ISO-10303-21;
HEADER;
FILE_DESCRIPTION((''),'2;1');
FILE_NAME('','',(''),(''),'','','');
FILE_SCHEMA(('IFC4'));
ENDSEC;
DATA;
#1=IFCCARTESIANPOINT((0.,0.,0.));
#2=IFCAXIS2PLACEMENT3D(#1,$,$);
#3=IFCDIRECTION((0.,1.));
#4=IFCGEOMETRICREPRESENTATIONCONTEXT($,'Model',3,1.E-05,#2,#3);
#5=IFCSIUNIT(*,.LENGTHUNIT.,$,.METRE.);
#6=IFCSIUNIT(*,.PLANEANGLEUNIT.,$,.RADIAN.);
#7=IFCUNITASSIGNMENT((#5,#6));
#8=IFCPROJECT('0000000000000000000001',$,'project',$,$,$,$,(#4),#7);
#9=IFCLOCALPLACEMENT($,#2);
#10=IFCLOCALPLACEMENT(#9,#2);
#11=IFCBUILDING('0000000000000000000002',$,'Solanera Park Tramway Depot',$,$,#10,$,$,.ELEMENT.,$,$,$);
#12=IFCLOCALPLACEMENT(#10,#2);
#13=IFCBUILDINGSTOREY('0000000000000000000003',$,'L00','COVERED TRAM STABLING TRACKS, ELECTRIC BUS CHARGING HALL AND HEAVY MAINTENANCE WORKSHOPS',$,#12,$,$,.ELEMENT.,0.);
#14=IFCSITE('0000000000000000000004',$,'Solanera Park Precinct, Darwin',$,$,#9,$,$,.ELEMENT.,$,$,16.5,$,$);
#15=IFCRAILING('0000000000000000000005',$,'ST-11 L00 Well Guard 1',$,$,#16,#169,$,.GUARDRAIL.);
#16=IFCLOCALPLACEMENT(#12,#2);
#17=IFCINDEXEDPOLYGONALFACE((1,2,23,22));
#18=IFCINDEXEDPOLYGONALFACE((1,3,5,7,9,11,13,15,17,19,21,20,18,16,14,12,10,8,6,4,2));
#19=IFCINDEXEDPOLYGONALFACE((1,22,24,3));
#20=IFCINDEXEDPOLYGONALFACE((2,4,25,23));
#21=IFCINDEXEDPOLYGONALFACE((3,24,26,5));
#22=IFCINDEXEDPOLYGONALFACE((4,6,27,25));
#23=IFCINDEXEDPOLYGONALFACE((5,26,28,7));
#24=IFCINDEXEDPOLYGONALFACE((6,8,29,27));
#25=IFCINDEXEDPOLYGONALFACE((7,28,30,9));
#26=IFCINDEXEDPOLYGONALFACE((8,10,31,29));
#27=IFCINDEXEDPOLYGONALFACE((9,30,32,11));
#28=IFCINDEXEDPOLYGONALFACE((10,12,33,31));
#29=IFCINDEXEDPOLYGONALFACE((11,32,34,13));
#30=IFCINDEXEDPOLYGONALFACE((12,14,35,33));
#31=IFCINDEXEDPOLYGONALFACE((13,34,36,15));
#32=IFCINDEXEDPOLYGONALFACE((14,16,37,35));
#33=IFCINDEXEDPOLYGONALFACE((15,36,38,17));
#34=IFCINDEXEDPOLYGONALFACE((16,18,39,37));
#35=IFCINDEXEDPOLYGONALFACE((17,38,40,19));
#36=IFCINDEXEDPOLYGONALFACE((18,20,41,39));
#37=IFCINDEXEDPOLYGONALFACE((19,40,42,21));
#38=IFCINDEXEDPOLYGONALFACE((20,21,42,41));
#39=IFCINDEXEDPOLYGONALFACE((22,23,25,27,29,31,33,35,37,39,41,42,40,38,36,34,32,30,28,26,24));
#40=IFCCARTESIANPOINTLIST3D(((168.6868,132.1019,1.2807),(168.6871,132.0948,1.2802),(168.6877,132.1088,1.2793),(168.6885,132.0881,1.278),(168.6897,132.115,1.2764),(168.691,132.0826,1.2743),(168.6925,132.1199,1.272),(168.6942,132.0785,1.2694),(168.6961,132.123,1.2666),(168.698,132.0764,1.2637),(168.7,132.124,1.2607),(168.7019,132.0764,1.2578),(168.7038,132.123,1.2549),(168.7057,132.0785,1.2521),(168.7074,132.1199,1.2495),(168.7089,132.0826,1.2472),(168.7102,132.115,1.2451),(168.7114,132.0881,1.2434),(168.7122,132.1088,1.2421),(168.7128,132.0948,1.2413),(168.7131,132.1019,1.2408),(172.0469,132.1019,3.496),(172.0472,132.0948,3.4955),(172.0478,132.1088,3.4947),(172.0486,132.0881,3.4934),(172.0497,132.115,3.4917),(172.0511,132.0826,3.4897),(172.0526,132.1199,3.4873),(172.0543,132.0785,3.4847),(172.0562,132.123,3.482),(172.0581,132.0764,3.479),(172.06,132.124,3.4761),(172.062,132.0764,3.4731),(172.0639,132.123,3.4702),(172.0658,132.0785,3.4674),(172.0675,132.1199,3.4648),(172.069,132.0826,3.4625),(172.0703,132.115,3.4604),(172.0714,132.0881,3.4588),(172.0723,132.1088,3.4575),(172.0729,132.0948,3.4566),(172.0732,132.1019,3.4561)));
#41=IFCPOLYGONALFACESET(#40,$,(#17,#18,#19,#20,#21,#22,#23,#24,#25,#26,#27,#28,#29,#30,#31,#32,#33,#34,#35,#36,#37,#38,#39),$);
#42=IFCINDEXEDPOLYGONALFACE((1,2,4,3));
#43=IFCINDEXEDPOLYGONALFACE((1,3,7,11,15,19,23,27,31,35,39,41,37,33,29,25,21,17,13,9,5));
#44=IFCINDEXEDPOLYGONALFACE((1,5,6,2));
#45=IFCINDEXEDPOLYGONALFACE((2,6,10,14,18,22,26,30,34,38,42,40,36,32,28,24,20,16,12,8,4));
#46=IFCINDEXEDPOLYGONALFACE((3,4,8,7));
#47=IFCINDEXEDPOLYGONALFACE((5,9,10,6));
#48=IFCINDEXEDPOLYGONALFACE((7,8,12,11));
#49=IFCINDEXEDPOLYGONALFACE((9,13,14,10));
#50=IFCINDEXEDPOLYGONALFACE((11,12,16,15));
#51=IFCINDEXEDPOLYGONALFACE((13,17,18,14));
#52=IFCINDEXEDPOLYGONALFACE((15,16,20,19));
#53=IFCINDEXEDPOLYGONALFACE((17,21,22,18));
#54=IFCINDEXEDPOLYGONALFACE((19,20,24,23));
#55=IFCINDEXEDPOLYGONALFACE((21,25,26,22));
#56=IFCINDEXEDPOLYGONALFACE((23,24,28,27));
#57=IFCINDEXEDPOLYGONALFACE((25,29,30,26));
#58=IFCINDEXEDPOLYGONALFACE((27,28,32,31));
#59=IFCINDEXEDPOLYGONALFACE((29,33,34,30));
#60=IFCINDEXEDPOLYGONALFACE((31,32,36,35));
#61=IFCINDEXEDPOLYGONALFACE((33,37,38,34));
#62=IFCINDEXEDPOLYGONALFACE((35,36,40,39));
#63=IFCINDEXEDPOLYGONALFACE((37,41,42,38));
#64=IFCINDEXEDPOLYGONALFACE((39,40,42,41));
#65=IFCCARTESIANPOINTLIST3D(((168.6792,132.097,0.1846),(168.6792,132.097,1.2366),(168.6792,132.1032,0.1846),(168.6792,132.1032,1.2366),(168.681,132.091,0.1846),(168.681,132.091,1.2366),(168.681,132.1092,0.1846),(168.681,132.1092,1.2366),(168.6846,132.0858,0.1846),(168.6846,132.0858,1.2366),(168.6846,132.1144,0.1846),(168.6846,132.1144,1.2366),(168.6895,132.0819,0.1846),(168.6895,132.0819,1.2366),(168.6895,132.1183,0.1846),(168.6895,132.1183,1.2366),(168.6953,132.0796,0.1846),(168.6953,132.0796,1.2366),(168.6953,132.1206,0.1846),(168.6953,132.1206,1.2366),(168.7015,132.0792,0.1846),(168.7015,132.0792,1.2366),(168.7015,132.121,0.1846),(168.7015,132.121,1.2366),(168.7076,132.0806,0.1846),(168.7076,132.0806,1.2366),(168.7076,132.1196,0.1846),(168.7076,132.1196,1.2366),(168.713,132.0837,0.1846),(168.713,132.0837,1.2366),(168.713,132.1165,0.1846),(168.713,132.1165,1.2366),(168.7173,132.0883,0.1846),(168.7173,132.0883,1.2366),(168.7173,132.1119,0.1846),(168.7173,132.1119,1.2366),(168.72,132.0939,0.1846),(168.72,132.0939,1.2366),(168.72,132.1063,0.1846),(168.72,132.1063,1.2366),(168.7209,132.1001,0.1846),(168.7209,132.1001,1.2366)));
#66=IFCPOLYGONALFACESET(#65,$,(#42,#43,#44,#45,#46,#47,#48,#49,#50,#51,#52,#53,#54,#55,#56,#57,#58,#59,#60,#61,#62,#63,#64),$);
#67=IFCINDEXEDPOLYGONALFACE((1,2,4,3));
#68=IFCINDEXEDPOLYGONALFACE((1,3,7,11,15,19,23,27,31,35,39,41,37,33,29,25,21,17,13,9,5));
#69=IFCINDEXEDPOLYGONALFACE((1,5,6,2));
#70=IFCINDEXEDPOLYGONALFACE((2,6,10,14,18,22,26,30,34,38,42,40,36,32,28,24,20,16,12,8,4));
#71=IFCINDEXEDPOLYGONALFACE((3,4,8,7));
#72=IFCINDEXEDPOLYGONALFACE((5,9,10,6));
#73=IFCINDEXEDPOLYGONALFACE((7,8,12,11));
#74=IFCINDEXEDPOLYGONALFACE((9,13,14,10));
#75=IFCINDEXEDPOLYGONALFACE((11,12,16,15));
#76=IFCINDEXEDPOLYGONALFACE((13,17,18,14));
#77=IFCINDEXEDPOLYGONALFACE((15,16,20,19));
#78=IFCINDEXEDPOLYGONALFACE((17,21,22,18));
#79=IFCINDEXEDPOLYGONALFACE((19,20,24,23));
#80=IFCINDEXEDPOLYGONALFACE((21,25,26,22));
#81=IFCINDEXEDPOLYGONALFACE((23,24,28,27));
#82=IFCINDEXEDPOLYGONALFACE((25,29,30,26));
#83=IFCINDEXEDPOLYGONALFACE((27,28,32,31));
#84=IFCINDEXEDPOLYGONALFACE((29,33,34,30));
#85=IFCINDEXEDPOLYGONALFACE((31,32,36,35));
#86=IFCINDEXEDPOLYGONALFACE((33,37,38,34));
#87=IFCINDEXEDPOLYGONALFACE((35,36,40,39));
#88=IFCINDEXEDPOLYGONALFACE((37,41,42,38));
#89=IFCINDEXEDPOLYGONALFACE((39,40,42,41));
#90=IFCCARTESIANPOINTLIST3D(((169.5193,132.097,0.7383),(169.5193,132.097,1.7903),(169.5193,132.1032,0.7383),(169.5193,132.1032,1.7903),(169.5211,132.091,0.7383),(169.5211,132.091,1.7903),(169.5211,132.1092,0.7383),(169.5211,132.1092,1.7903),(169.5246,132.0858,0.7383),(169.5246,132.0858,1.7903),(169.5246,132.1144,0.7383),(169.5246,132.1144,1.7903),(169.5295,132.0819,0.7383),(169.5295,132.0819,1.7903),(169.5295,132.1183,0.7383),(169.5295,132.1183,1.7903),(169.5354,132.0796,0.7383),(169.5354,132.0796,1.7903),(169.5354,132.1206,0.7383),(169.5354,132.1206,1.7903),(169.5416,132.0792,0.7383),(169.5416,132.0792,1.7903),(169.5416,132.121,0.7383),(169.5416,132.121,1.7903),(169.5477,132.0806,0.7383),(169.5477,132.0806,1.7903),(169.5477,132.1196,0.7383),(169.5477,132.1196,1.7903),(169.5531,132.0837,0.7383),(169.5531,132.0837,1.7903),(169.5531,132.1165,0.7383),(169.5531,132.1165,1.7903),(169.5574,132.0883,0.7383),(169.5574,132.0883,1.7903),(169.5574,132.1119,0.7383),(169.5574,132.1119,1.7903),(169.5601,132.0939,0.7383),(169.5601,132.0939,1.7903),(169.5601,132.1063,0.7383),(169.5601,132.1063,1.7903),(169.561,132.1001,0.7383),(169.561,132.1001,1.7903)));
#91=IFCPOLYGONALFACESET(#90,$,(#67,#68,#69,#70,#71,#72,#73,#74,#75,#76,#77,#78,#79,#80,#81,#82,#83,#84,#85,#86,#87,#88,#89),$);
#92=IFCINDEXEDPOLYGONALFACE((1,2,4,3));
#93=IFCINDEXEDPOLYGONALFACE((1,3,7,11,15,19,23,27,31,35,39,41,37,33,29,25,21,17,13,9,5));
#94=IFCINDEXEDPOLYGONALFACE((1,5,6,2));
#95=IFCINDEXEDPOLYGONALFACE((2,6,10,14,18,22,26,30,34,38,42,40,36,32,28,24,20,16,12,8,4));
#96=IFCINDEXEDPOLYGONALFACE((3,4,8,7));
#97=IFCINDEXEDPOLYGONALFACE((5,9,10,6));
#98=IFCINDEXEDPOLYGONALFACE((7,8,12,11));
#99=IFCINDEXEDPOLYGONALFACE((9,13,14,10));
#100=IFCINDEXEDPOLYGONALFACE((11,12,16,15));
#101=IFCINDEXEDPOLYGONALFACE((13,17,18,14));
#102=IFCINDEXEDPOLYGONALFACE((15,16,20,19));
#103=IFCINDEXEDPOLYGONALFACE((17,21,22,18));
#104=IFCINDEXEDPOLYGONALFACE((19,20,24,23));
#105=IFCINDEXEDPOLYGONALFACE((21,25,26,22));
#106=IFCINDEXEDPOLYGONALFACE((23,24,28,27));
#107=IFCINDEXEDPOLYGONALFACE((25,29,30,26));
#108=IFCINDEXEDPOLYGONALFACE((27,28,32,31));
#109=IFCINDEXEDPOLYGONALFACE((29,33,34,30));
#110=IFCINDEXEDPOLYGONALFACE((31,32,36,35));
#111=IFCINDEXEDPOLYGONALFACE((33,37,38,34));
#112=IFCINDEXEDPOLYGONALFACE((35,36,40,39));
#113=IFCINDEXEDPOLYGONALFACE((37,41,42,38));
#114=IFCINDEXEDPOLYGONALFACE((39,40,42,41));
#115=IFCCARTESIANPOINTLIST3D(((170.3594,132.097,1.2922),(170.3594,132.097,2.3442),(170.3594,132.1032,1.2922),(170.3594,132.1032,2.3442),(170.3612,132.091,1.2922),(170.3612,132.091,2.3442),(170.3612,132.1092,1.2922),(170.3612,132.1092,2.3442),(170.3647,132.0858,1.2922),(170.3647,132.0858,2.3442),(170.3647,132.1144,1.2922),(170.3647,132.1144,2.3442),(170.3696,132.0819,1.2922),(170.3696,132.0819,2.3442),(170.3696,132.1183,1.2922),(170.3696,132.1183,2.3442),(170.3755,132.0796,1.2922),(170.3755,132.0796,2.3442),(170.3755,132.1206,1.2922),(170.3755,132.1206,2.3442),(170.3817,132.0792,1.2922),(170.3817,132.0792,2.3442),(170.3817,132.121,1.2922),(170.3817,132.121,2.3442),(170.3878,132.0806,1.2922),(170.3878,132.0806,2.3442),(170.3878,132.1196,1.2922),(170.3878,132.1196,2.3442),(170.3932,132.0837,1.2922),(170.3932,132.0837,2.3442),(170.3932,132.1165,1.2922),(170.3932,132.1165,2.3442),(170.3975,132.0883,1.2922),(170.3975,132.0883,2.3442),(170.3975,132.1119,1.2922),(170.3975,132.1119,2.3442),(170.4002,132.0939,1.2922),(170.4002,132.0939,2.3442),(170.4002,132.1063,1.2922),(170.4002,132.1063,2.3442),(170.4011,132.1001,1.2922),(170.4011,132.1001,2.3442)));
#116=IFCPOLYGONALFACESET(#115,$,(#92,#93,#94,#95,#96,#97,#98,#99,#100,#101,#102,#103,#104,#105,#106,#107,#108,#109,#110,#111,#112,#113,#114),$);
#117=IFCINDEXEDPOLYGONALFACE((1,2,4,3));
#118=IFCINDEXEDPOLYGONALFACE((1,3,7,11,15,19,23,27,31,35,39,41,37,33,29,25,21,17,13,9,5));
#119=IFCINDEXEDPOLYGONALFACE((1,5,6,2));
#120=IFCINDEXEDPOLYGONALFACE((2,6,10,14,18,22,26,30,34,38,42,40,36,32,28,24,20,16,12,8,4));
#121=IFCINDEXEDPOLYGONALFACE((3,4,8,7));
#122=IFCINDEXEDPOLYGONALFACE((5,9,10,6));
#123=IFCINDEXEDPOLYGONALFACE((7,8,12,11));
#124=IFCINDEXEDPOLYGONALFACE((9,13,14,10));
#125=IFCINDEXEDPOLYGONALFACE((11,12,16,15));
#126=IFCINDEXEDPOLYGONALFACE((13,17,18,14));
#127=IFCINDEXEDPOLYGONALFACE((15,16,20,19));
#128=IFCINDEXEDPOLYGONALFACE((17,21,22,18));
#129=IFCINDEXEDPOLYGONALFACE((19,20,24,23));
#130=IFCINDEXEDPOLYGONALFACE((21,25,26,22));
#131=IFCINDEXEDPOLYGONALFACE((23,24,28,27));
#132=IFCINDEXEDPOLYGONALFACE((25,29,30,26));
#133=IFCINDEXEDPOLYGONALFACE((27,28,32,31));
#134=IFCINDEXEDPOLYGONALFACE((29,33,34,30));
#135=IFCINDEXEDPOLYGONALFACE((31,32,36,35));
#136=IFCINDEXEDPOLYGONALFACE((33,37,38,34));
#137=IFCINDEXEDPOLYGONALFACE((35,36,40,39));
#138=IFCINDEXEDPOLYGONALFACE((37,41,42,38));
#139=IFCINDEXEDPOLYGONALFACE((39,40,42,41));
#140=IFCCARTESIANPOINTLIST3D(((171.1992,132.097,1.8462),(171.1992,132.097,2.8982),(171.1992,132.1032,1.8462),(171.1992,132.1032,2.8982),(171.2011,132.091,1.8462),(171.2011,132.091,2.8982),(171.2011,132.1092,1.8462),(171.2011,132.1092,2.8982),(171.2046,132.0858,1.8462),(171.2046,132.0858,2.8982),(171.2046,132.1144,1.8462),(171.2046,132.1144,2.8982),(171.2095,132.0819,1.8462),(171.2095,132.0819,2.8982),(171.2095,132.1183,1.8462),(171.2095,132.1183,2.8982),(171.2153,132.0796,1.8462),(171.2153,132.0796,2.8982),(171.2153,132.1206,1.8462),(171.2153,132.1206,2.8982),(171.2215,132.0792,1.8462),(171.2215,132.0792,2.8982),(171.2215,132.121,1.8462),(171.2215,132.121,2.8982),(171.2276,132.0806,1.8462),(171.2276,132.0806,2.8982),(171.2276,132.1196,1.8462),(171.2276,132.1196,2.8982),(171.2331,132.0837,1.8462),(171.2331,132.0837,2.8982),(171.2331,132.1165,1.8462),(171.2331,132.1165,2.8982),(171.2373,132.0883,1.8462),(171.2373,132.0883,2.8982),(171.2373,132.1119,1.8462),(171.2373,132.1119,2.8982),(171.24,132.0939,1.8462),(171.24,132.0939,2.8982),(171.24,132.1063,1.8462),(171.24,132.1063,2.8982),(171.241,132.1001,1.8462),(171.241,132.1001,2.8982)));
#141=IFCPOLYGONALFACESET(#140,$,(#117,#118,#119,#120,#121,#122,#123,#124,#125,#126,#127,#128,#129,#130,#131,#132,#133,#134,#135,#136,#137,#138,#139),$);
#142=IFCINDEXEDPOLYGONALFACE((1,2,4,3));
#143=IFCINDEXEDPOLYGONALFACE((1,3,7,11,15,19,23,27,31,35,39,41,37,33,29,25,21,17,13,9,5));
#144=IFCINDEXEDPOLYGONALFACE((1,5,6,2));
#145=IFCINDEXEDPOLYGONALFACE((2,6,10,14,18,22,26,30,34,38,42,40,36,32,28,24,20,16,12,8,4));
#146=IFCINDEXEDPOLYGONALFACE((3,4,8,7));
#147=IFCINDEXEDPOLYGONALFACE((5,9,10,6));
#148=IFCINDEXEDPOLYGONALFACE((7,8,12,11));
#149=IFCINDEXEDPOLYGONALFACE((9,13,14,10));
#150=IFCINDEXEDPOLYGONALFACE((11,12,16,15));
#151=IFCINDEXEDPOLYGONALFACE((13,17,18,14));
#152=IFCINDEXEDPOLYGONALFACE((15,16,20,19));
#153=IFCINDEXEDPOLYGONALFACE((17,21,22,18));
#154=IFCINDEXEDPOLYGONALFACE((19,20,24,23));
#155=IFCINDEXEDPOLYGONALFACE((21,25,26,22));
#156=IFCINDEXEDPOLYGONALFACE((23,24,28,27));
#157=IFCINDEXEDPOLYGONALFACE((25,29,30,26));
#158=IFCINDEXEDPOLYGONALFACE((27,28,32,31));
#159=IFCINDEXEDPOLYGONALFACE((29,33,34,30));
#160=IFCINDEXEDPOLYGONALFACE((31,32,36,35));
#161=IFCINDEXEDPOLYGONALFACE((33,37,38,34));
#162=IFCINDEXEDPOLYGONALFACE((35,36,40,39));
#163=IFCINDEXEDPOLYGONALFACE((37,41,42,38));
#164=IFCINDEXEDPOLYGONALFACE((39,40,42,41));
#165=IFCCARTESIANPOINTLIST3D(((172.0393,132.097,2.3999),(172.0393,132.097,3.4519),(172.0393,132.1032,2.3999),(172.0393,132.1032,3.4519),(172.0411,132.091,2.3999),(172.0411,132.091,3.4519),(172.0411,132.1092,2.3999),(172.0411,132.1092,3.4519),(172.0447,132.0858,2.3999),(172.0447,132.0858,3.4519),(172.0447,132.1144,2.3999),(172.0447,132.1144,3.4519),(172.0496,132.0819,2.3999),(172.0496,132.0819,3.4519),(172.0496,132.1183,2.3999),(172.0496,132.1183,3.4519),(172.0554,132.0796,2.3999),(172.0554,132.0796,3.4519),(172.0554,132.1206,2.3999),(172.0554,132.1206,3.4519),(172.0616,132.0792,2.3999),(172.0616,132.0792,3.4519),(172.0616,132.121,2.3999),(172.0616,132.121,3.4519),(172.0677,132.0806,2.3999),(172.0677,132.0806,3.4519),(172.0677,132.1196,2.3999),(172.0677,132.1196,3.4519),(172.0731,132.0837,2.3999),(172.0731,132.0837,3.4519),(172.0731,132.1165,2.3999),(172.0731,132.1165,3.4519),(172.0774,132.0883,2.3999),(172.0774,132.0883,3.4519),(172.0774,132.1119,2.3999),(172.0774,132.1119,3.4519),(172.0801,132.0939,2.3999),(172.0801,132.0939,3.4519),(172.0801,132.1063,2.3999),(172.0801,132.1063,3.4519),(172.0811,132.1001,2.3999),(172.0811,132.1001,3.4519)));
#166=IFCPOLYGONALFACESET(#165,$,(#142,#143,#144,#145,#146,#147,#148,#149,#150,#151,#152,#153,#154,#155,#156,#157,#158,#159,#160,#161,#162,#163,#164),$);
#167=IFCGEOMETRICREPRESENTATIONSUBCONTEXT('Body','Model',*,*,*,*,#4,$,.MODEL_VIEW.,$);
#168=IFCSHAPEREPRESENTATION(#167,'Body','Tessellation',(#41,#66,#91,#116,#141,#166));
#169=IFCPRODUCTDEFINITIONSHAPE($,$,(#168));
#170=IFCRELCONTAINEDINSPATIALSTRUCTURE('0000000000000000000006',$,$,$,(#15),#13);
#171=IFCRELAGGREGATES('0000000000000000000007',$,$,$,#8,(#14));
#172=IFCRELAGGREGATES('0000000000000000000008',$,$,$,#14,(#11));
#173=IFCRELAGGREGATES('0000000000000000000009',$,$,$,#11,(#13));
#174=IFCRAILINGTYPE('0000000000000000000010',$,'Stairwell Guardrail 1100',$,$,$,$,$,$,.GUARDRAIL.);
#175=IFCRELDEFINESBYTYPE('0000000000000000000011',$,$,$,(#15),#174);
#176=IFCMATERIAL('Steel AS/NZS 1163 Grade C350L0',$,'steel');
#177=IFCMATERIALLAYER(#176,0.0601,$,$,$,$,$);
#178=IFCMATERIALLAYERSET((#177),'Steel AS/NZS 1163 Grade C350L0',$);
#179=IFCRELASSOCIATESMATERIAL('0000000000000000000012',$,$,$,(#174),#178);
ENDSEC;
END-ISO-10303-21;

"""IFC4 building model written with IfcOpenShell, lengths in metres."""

from ifc_helpers import new_model, si_unit, direction, frame, origin, origin_2d, place, context, subcontext, project, spatial, circle, extrude, material, layer, layer_set, type_object, element, save


model = new_model("IFC4")

# Units and contexts
model_context = context("Model", 3, precision=1e-05, world=origin(), true_north=direction((0.0, 1.0)))
body_context = subcontext(model_context, "Body", "Model", "MODEL_VIEW")
ifc_project = project(units=[si_unit("LENGTHUNIT", "METRE"), si_unit("PLANEANGLEUNIT", "RADIAN")], contexts=[model_context])

# Site, building, storey
site_placement = place(None, origin())
site = spatial("IfcSite", under=ifc_project, at=site_placement, Name="Solanera Park Precinct, Darwin", CompositionType="ELEMENT", RefElevation=16.5)
building_placement = place(site_placement, origin())
building = spatial("IfcBuilding", under=site, at=building_placement, Name="Solanera Park Tramway Depot", CompositionType="ELEMENT")
storey_placement = place(building_placement, origin())
storey = spatial("IfcBuildingStorey", under=building, at=storey_placement, Name="L00", Description="COVERED TRAM STABLING TRACKS, ELECTRIC BUS CHARGING HALL AND HEAVY MAINTENANCE WORKSHOPS", CompositionType="ELEMENT", Elevation=0.0)

# Railing
ifc_material_1 = material(Name="Steel AS/NZS 1163 Grade C350L0", Category="steel")
ifc_layer_1 = layer(ifc_material_1, 0.0601)
ifc_layer_set_1 = layer_set([ifc_layer_1], Name="Steel AS/NZS 1163 Grade C350L0")
railing_type_1 = type_object("IfcRailingType", Name="Stairwell Guardrail 1100", PredefinedType="GUARDRAIL", material=ifc_layer_set_1)
railing_1_placement = place(storey_placement, frame((168.7, 132.1001, 0.1846)))
element("IfcRailing", 1, at=railing_1_placement, inside=storey, type_object=railing_type_1, Name="ST-11 L00 Well Guard 1", PredefinedType="GUARDRAIL", context=body_context, shape_type="SweptSolid", body=[
    extrude(circle(Radius=0.0239, at=origin_2d()), frame((0.0, 0.0, 1.0762), z_axis=(0.834876, 0.0, 0.550437), x_axis=(0.0, 1.0, 0.0)), (0.0, 0.0, 1.0), 4.0247),
    extrude(circle(Radius=0.021, at=origin_2d()), origin(), (0.0, 0.0, 1.0), 1.052),
    extrude(circle(Radius=0.021, at=origin_2d()), frame((0.8401, 0.0, 0.5537)), (0.0, 0.0, 1.0), 1.052),
    extrude(circle(Radius=0.021, at=origin_2d()), frame((1.6802, 0.0, 1.1077)), (0.0, 0.0, 1.0), 1.052),
    extrude(circle(Radius=0.021, at=origin_2d()), frame((2.52, 0.0, 1.6616)), (0.0, 0.0, 1.0), 1.052),
    extrude(circle(Radius=0.021, at=origin_2d()), frame((3.3601, 0.0, 2.2153)), (0.0, 0.0, 1.0), 1.052),
])

save(model, "model.ifc")
